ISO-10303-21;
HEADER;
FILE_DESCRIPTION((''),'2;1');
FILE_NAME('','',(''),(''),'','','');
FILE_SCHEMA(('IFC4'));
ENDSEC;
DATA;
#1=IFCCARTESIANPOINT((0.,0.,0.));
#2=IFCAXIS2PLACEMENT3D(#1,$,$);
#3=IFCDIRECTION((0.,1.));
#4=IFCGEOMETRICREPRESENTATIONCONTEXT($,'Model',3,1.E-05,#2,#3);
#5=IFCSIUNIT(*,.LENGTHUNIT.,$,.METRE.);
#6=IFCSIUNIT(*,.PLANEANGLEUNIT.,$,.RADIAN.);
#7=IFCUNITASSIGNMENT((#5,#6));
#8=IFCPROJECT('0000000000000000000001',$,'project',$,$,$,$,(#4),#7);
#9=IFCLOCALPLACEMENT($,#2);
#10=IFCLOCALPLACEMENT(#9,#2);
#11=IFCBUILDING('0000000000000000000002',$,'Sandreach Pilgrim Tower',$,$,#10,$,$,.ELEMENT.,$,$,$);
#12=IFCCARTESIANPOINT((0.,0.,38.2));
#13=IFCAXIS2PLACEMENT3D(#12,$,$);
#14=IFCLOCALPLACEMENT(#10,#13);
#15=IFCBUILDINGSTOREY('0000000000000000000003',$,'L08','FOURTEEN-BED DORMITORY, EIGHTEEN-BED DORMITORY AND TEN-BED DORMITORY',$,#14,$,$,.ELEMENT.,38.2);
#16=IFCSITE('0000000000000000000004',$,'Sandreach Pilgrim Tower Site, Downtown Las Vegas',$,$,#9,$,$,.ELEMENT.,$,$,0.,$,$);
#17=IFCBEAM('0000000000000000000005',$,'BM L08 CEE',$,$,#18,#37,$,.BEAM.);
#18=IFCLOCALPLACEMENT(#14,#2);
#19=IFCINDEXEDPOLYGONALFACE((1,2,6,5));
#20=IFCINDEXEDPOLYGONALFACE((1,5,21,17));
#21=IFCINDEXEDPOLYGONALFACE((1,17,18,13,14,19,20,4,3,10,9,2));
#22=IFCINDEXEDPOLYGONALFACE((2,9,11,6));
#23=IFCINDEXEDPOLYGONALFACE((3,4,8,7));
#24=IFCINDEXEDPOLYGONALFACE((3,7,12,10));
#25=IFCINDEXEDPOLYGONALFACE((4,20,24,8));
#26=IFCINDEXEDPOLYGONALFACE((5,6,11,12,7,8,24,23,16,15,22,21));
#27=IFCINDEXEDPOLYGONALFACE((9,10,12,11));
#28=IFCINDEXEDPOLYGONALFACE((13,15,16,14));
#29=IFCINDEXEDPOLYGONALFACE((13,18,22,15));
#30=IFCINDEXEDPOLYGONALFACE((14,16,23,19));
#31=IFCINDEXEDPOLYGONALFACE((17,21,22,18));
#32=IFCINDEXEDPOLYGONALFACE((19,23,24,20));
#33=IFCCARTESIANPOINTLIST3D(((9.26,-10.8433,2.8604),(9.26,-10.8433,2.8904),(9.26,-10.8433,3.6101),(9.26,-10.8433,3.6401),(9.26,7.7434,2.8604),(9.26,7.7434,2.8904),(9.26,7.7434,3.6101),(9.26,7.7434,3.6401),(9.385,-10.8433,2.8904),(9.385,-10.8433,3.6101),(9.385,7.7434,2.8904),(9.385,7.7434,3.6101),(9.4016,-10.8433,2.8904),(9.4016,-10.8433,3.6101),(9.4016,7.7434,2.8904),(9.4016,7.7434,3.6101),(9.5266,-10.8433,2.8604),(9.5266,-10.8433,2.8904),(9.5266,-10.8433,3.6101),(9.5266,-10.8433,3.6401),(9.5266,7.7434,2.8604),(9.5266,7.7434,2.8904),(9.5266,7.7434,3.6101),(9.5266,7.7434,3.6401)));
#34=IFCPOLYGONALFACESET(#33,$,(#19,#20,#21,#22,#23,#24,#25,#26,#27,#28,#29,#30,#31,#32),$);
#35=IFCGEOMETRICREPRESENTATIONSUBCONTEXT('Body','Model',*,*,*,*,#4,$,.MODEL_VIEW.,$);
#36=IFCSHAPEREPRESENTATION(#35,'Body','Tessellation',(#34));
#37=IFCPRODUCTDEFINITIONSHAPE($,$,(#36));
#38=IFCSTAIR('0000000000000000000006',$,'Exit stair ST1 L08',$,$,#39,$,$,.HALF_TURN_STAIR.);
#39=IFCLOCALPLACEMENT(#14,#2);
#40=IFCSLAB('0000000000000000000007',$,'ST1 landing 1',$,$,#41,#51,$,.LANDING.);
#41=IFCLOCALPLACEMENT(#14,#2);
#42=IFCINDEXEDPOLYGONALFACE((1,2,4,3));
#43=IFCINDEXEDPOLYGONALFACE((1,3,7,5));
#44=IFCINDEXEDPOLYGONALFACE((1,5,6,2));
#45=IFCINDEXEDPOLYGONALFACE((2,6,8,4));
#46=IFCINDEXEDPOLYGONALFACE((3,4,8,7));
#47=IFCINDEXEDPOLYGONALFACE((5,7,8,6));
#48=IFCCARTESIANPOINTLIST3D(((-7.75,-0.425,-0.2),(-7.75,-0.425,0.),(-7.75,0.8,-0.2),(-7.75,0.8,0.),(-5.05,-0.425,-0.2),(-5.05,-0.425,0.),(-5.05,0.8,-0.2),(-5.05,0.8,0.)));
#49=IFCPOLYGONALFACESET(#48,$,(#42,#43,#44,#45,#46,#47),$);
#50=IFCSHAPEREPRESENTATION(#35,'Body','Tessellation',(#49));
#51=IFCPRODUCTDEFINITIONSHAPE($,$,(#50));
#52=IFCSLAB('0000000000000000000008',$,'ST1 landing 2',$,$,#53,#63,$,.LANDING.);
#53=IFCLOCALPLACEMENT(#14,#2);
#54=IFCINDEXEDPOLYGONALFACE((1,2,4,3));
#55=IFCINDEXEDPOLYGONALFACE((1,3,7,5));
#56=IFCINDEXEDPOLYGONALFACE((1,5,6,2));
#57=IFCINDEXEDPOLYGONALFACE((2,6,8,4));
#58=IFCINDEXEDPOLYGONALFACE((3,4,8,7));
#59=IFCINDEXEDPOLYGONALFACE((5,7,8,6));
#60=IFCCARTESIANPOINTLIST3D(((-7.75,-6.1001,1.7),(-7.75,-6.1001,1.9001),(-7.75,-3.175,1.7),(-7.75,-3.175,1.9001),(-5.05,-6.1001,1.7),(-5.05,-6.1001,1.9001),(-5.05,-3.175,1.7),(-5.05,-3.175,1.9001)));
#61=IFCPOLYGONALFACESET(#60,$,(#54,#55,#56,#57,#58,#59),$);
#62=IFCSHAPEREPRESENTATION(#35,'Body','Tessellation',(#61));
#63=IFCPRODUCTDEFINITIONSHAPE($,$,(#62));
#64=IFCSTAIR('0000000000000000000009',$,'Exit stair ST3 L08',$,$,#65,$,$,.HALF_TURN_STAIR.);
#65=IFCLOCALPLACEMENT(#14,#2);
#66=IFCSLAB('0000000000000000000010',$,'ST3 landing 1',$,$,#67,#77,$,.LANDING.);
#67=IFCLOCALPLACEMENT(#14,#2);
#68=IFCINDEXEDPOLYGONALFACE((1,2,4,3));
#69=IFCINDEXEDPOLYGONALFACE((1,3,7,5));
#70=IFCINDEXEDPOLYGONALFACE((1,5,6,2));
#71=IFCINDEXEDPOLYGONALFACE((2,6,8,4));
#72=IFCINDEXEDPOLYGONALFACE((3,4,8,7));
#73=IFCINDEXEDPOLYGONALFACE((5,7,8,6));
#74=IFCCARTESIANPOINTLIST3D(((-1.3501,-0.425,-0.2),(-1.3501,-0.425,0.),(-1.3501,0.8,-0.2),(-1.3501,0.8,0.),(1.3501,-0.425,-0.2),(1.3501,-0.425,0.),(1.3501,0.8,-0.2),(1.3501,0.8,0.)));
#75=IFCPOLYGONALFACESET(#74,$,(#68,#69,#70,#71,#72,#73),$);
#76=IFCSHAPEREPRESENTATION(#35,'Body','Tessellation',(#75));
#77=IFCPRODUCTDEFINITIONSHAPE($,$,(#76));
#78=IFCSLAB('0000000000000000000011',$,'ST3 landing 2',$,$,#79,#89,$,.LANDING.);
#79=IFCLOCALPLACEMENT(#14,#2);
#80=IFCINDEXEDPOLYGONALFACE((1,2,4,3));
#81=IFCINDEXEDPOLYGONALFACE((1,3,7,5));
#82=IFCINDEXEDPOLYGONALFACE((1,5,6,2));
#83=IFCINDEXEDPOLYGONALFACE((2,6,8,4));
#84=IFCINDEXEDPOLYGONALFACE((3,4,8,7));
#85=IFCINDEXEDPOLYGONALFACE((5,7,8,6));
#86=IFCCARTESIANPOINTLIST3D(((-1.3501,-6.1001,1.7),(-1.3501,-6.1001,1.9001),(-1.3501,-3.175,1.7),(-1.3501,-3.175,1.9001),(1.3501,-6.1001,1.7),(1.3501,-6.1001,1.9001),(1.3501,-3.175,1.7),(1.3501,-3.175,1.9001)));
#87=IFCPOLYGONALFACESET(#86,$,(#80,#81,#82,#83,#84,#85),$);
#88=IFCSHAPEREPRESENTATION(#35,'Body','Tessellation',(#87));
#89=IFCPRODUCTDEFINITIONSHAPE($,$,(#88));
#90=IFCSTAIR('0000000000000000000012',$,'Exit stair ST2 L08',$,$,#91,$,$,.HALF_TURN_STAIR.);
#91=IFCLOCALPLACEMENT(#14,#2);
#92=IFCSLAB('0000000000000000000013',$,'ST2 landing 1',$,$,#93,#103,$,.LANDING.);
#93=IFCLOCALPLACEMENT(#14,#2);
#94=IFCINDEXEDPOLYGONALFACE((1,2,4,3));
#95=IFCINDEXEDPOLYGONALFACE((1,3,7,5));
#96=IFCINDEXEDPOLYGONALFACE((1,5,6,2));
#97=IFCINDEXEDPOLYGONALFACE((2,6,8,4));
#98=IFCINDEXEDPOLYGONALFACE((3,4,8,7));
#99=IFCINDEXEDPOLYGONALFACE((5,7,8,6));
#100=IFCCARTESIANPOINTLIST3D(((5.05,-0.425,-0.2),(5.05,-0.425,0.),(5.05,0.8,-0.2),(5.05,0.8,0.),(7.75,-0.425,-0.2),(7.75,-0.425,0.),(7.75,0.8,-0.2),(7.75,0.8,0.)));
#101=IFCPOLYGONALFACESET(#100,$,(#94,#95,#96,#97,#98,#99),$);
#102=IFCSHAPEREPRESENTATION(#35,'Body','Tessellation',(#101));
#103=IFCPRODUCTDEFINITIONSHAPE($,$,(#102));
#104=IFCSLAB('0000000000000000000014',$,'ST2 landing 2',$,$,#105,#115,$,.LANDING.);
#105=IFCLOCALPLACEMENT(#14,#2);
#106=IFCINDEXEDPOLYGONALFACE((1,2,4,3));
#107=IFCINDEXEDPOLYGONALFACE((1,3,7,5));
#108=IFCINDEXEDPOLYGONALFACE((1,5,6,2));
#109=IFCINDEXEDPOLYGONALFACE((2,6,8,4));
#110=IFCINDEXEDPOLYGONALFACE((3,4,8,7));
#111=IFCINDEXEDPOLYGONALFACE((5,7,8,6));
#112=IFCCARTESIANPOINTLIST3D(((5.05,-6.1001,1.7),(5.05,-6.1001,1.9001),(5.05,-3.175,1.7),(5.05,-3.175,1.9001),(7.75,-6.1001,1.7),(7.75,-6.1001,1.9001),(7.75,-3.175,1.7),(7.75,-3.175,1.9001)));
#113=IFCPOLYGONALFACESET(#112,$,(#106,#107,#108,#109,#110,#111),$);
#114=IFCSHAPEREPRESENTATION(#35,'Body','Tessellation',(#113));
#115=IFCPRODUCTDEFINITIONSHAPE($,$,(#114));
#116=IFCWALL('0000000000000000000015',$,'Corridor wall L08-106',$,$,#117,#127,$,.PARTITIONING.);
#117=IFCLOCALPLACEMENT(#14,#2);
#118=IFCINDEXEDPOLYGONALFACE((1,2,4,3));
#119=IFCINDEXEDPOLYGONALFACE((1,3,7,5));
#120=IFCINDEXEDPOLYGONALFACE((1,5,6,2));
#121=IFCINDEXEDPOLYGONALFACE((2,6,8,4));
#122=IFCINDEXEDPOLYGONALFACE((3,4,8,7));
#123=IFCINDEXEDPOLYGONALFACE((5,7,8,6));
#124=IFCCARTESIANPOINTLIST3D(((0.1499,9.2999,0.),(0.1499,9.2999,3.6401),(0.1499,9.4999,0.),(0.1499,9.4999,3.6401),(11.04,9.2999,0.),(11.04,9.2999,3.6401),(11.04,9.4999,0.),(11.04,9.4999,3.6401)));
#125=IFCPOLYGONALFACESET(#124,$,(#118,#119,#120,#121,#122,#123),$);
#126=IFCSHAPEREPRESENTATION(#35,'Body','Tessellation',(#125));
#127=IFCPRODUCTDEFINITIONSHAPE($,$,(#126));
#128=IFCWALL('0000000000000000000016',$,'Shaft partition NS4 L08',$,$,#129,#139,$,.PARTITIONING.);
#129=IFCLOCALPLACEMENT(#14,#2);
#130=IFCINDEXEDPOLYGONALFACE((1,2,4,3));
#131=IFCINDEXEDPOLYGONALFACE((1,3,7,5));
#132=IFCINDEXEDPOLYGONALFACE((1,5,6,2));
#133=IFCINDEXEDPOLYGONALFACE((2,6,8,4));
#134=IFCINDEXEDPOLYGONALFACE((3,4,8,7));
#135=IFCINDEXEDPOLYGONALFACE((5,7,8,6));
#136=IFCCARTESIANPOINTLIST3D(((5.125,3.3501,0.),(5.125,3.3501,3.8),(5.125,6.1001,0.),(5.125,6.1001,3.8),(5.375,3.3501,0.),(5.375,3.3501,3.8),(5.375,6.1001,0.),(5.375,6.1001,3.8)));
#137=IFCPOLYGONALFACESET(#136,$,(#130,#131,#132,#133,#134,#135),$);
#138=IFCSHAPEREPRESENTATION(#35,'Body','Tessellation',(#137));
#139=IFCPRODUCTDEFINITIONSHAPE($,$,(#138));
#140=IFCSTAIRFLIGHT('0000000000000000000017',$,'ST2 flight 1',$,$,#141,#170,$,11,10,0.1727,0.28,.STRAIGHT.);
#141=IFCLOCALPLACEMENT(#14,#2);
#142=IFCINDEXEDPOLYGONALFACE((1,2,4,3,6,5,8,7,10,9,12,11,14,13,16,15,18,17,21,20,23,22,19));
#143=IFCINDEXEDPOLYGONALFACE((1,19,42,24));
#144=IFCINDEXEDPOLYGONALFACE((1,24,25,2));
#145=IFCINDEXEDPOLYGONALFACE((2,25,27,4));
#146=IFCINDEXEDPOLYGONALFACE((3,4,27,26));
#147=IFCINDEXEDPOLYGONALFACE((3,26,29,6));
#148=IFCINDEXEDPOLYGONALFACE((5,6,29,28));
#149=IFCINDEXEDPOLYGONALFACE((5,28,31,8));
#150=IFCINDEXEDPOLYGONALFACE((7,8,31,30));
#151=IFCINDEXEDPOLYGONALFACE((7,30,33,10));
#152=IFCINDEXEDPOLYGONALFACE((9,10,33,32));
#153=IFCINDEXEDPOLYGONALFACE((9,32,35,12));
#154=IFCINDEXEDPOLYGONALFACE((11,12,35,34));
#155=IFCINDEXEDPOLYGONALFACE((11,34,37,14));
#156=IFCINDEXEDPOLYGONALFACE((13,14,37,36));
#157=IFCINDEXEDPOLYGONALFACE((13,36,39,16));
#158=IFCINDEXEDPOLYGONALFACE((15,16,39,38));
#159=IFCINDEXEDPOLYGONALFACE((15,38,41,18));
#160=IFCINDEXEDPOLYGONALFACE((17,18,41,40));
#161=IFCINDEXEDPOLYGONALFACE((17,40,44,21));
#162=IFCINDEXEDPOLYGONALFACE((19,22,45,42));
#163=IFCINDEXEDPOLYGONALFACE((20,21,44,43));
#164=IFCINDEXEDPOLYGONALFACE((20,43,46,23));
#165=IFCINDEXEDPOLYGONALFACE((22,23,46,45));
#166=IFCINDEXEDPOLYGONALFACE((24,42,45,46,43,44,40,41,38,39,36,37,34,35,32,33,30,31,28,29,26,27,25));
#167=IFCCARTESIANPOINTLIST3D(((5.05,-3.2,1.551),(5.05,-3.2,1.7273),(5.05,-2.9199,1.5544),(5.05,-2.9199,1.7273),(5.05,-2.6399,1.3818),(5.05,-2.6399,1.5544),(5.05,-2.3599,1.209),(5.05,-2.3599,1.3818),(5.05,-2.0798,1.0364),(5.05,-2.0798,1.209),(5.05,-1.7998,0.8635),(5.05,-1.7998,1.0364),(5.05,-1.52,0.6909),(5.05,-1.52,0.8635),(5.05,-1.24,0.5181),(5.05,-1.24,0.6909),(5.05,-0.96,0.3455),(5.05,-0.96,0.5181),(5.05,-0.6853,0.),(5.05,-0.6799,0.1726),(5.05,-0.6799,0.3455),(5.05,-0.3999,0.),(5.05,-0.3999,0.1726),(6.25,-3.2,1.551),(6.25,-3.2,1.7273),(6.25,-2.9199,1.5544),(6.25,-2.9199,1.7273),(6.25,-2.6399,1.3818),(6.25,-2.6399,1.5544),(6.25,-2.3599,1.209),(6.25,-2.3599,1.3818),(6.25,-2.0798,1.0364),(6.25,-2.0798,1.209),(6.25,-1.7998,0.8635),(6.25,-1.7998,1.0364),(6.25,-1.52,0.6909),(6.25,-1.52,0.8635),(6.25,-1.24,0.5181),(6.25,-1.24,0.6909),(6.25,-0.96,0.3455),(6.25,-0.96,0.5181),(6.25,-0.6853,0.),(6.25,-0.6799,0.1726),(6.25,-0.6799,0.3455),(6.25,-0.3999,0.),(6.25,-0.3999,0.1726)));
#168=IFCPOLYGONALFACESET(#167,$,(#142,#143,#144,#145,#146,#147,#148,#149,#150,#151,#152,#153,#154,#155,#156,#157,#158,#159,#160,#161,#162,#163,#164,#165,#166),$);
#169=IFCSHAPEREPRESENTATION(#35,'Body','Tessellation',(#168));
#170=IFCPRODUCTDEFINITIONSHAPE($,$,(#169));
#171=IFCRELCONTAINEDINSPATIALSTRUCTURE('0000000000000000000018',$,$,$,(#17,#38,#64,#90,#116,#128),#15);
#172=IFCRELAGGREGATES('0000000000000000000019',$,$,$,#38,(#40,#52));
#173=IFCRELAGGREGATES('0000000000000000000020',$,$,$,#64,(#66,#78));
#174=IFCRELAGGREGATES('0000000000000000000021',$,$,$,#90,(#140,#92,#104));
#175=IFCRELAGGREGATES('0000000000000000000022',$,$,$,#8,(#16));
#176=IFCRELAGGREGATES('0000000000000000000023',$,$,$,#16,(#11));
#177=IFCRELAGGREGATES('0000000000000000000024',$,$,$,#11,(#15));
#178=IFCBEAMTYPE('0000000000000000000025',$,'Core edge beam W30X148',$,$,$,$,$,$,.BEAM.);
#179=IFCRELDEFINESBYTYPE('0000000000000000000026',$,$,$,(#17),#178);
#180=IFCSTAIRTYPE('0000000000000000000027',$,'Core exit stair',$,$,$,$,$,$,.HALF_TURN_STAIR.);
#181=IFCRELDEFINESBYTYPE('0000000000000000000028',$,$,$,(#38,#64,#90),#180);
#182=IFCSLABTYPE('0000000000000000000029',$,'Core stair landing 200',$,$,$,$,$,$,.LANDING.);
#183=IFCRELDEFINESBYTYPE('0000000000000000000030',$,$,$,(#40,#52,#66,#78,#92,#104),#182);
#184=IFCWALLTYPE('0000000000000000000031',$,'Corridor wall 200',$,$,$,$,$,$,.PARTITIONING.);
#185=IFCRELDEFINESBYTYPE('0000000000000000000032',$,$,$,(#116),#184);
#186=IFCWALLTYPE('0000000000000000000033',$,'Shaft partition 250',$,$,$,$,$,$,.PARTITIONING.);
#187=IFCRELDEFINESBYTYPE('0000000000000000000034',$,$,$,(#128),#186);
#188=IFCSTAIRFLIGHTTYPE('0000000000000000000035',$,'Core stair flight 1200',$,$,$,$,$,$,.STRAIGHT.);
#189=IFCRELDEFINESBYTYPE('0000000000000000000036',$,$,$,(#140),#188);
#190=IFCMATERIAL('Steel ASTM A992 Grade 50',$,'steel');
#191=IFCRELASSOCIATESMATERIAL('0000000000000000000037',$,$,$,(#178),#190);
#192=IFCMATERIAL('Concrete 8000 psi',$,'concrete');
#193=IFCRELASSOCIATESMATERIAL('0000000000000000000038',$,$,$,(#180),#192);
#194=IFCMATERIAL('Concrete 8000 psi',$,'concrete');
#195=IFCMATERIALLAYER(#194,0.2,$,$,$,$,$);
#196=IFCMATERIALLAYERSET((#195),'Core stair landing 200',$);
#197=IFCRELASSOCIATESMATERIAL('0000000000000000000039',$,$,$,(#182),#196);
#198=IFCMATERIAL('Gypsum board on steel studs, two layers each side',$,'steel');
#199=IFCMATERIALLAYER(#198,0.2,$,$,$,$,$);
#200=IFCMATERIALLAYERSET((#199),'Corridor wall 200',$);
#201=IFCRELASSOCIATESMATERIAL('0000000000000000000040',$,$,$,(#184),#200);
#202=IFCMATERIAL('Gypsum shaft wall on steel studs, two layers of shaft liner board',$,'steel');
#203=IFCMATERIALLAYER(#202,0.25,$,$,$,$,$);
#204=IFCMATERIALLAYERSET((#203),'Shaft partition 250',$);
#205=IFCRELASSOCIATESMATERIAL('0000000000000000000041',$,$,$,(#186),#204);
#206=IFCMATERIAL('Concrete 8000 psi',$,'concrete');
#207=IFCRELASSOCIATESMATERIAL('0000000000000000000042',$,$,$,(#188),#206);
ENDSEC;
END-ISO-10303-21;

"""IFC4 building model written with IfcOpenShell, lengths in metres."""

from ifc_helpers import new_model, si_unit, direction, frame, frame_2d, origin, origin_2d, place, context, subcontext, project, spatial, polyline, rectangle, i_section, outline, extrude, material, layer, layer_set, material_profile, profile_set, type_object, element, aggregate, save


model = new_model("IFC4")

# Units and contexts
model_context = context("Model", 3, precision=1e-05, world=origin(), true_north=direction((0.0, 1.0)))
body_context = subcontext(model_context, "Body", "Model", "MODEL_VIEW")
ifc_project = project(units=[si_unit("LENGTHUNIT", "METRE"), si_unit("PLANEANGLEUNIT", "RADIAN")], contexts=[model_context])

# Site, building, storey
site_placement = place(None, origin())
site = spatial("IfcSite", under=ifc_project, at=site_placement, Name="Sandreach Pilgrim Tower Site, Downtown Las Vegas", CompositionType="ELEMENT", RefElevation=0.0)
building_placement = place(site_placement, origin())
building = spatial("IfcBuilding", under=site, at=building_placement, Name="Sandreach Pilgrim Tower", CompositionType="ELEMENT")
storey_placement = place(building_placement, frame((0.0, 0.0, 38.2)))
storey = spatial("IfcBuildingStorey", under=building, at=storey_placement, Name="L08", Description="FOURTEEN-BED DORMITORY, EIGHTEEN-BED DORMITORY AND TEN-BED DORMITORY", CompositionType="ELEMENT", Elevation=38.2)

# Beam
ifc_material_1 = material(Name="Steel ASTM A992 Grade 50", Category="steel")
ifc_material_profile = material_profile(ifc_material_1, i_section(OverallWidth=0.2666, OverallDepth=0.7798, WebThickness=0.0166, FlangeThickness=0.03, at=origin_2d()), Name="W30X148")
ifc_profile_set = profile_set([ifc_material_profile], Name="Steel ASTM A992 Grade 50")
beam_type = type_object("IfcBeamType", Name="Core edge beam W30X148", PredefinedType="BEAM", material=ifc_profile_set)
beam_placement = place(storey_placement, frame((9.3933, 7.7434, 3.2502), z_axis=(0.0, -1.0, 0.0), x_axis=(1.0, 0.0, 0.0)))
element("IfcBeam", 1, at=beam_placement, inside=storey, type_object=beam_type, Name="BM L08 CEE", PredefinedType="BEAM", context=body_context, shape_type="SweptSolid", body=[
    extrude(i_section(OverallWidth=0.2666, OverallDepth=0.7798, WebThickness=0.0166, FlangeThickness=0.03, at=origin_2d()), origin(), (0.0, 0.0, 1.0), 18.5867),
])

# Stairs, slabs
ifc_material_2 = material(Name="Concrete 8000 psi", Category="concrete")
stair_type = type_object("IfcStairType", Name="Core exit stair", PredefinedType="HALF_TURN_STAIR", material=ifc_material_2)
stair_1_placement = place(storey_placement, origin())
stair_1 = element("IfcStair", 2, at=stair_1_placement, inside=storey, type_object=stair_type, Name="Exit stair ST1 L08", PredefinedType="HALF_TURN_STAIR")
ifc_material_3 = material(Name="Concrete 8000 psi", Category="concrete")
ifc_layer_1 = layer(ifc_material_3, 0.2)
ifc_layer_set_1 = layer_set([ifc_layer_1], Name="Core stair landing 200")
slab_type = type_object("IfcSlabType", Name="Core stair landing 200", PredefinedType="LANDING", material=ifc_layer_set_1)
slab_1_placement = place(storey_placement, frame((0.0, 0.0, -0.2)))
slab_1 = element("IfcSlab", 3, at=slab_1_placement, type_object=slab_type, Name="ST1 landing 1", PredefinedType="LANDING", context=body_context, shape_type="SweptSolid", body=[
    extrude(outline(polyline([(-7.75, -0.425), (-5.05, -0.425), (-5.05, 0.8), (-7.75, 0.8), (-7.75, -0.425)])), origin(), (0.0, 0.0, 1.0), 0.2),
])
slab_2_placement = place(storey_placement, frame((0.0, 0.0, 1.7)))
slab_2 = element("IfcSlab", 4, at=slab_2_placement, type_object=slab_type, Name="ST1 landing 2", PredefinedType="LANDING", context=body_context, shape_type="SweptSolid", body=[
    extrude(outline(polyline([(-7.75, -6.1001), (-5.05, -6.1001), (-5.05, -3.175), (-7.75, -3.175), (-7.75, -6.1001)])), origin(), (0.0, 0.0, 1.0), 0.2002),
])
aggregate(stair_1, [slab_1, slab_2])
stair_2_placement = place(storey_placement, origin())
stair_2 = element("IfcStair", 5, at=stair_2_placement, inside=storey, type_object=stair_type, Name="Exit stair ST3 L08", PredefinedType="HALF_TURN_STAIR")
slab_3_placement = place(storey_placement, frame((0.0, 0.0, -0.2)))
slab_3 = element("IfcSlab", 6, at=slab_3_placement, type_object=slab_type, Name="ST3 landing 1", PredefinedType="LANDING", context=body_context, shape_type="SweptSolid", body=[
    extrude(outline(polyline([(-1.3501, -0.425), (1.3501, -0.425), (1.3501, 0.8), (-1.3501, 0.8), (-1.3501, -0.425)])), origin(), (0.0, 0.0, 1.0), 0.2),
])
slab_4_placement = place(storey_placement, frame((0.0, 0.0, 1.7)))
slab_4 = element("IfcSlab", 7, at=slab_4_placement, type_object=slab_type, Name="ST3 landing 2", PredefinedType="LANDING", context=body_context, shape_type="SweptSolid", body=[
    extrude(outline(polyline([(-1.3501, -6.1001), (1.3501, -6.1001), (1.3501, -3.175), (-1.3501, -3.175), (-1.3501, -6.1001)])), origin(), (0.0, 0.0, 1.0), 0.2002),
])
aggregate(stair_2, [slab_3, slab_4])
stair_3_placement = place(storey_placement, origin())
stair_3 = element("IfcStair", 8, at=stair_3_placement, inside=storey, type_object=stair_type, Name="Exit stair ST2 L08", PredefinedType="HALF_TURN_STAIR")
slab_5_placement = place(storey_placement, frame((0.0, 0.0, -0.2)))
slab_5 = element("IfcSlab", 9, at=slab_5_placement, type_object=slab_type, Name="ST2 landing 1", PredefinedType="LANDING", context=body_context, shape_type="SweptSolid", body=[
    extrude(outline(polyline([(5.05, -0.425), (7.75, -0.425), (7.75, 0.8), (5.05, 0.8), (5.05, -0.425)])), origin(), (0.0, 0.0, 1.0), 0.2),
])
slab_6_placement = place(storey_placement, frame((0.0, 0.0, 1.7)))
slab_6 = element("IfcSlab", 10, at=slab_6_placement, type_object=slab_type, Name="ST2 landing 2", PredefinedType="LANDING", context=body_context, shape_type="SweptSolid", body=[
    extrude(outline(polyline([(5.05, -6.1001), (7.75, -6.1001), (7.75, -3.175), (5.05, -3.175), (5.05, -6.1001)])), origin(), (0.0, 0.0, 1.0), 0.2002),
])

# Walls
ifc_material_4 = material(Name="Gypsum board on steel studs, two layers each side", Category="steel")
ifc_layer_2 = layer(ifc_material_4, 0.2)
ifc_layer_set_2 = layer_set([ifc_layer_2], Name="Corridor wall 200")
wall_type_1 = type_object("IfcWallType", Name="Corridor wall 200", PredefinedType="PARTITIONING", material=ifc_layer_set_2)
wall_1_placement = place(storey_placement, frame((11.04, 9.3999, 0.0), z_axis=(0.0, 0.0, 1.0), x_axis=(-1.0, 0.0, 0.0)))
element("IfcWall", 11, at=wall_1_placement, inside=storey, type_object=wall_type_1, Name="Corridor wall L08-106", PredefinedType="PARTITIONING", context=body_context, shape_type="SweptSolid", body=[
    extrude(rectangle(XDim=10.8901, YDim=0.2, at=frame_2d((5.4451, 0.0))), origin(), (0.0, 0.0, 1.0), 3.6401),
])
ifc_material_5 = material(Name="Gypsum shaft wall on steel studs, two layers of shaft liner board", Category="steel")
ifc_layer_3 = layer(ifc_material_5, 0.25)
ifc_layer_set_3 = layer_set([ifc_layer_3], Name="Shaft partition 250")
wall_type_2 = type_object("IfcWallType", Name="Shaft partition 250", PredefinedType="PARTITIONING", material=ifc_layer_set_3)
wall_2_placement = place(storey_placement, frame((5.25, 3.3501, 0.0), z_axis=(0.0, 0.0, 1.0), x_axis=(0.0, 1.0, 0.0)))
element("IfcWall", 12, at=wall_2_placement, inside=storey, type_object=wall_type_2, Name="Shaft partition NS4 L08", PredefinedType="PARTITIONING", context=body_context, shape_type="SweptSolid", body=[
    extrude(rectangle(XDim=2.75, YDim=0.25, at=frame_2d((1.375, 0.0))), origin(), (0.0, 0.0, 1.0), 3.8),
])

# Stair flight
ifc_material_6 = material(Name="Concrete 8000 psi", Category="concrete")
stair_flight_type = type_object("IfcStairFlightType", Name="Core stair flight 1200", PredefinedType="STRAIGHT", material=ifc_material_6)
stair_flight_placement = place(storey_placement, frame((5.6499, -0.3999, 0.0), z_axis=(0.0, 0.0, 1.0), x_axis=(0.0, -1.0, 0.0)))
stair_flight = element("IfcStairFlight", 13, at=stair_flight_placement, type_object=stair_flight_type, Name="ST2 flight 1", NumberOfRisers=11, NumberOfTreads=10, PredefinedType="STRAIGHT", RiserHeight=0.1727, TreadLength=0.28, context=body_context, shape_type="SweptSolid", body=[
    extrude(outline(polyline([(0.0, 0.0), (0.0, 0.1726), (0.28, 0.1726), (0.28, 0.3455), (0.5601, 0.3455), (0.5601, 0.5181), (0.8401, 0.5181), (0.8401, 0.6909), (1.1201, 0.6909), (1.1201, 0.8635), (1.3999, 0.8635), (1.3999, 1.0364), (1.6799, 1.0364), (1.6799, 1.209), (1.96, 1.209), (1.96, 1.3818), (2.24, 1.3818), (2.24, 1.5544), (2.52, 1.5544), (2.52, 1.7273), (2.8, 1.7273), (2.8, 1.8999), (2.8, 1.551), (0.2854, 0.0), (0.0, 0.0)])), frame((0.0, 0.6001, 0.0), z_axis=(0.0, -1.0, 0.0), x_axis=(1.0, 0.0, 0.0)), (0.0, 0.0, 1.0), 1.2),
])
aggregate(stair_3, [stair_flight, slab_5, slab_6])

save(model, "model.ifc")
